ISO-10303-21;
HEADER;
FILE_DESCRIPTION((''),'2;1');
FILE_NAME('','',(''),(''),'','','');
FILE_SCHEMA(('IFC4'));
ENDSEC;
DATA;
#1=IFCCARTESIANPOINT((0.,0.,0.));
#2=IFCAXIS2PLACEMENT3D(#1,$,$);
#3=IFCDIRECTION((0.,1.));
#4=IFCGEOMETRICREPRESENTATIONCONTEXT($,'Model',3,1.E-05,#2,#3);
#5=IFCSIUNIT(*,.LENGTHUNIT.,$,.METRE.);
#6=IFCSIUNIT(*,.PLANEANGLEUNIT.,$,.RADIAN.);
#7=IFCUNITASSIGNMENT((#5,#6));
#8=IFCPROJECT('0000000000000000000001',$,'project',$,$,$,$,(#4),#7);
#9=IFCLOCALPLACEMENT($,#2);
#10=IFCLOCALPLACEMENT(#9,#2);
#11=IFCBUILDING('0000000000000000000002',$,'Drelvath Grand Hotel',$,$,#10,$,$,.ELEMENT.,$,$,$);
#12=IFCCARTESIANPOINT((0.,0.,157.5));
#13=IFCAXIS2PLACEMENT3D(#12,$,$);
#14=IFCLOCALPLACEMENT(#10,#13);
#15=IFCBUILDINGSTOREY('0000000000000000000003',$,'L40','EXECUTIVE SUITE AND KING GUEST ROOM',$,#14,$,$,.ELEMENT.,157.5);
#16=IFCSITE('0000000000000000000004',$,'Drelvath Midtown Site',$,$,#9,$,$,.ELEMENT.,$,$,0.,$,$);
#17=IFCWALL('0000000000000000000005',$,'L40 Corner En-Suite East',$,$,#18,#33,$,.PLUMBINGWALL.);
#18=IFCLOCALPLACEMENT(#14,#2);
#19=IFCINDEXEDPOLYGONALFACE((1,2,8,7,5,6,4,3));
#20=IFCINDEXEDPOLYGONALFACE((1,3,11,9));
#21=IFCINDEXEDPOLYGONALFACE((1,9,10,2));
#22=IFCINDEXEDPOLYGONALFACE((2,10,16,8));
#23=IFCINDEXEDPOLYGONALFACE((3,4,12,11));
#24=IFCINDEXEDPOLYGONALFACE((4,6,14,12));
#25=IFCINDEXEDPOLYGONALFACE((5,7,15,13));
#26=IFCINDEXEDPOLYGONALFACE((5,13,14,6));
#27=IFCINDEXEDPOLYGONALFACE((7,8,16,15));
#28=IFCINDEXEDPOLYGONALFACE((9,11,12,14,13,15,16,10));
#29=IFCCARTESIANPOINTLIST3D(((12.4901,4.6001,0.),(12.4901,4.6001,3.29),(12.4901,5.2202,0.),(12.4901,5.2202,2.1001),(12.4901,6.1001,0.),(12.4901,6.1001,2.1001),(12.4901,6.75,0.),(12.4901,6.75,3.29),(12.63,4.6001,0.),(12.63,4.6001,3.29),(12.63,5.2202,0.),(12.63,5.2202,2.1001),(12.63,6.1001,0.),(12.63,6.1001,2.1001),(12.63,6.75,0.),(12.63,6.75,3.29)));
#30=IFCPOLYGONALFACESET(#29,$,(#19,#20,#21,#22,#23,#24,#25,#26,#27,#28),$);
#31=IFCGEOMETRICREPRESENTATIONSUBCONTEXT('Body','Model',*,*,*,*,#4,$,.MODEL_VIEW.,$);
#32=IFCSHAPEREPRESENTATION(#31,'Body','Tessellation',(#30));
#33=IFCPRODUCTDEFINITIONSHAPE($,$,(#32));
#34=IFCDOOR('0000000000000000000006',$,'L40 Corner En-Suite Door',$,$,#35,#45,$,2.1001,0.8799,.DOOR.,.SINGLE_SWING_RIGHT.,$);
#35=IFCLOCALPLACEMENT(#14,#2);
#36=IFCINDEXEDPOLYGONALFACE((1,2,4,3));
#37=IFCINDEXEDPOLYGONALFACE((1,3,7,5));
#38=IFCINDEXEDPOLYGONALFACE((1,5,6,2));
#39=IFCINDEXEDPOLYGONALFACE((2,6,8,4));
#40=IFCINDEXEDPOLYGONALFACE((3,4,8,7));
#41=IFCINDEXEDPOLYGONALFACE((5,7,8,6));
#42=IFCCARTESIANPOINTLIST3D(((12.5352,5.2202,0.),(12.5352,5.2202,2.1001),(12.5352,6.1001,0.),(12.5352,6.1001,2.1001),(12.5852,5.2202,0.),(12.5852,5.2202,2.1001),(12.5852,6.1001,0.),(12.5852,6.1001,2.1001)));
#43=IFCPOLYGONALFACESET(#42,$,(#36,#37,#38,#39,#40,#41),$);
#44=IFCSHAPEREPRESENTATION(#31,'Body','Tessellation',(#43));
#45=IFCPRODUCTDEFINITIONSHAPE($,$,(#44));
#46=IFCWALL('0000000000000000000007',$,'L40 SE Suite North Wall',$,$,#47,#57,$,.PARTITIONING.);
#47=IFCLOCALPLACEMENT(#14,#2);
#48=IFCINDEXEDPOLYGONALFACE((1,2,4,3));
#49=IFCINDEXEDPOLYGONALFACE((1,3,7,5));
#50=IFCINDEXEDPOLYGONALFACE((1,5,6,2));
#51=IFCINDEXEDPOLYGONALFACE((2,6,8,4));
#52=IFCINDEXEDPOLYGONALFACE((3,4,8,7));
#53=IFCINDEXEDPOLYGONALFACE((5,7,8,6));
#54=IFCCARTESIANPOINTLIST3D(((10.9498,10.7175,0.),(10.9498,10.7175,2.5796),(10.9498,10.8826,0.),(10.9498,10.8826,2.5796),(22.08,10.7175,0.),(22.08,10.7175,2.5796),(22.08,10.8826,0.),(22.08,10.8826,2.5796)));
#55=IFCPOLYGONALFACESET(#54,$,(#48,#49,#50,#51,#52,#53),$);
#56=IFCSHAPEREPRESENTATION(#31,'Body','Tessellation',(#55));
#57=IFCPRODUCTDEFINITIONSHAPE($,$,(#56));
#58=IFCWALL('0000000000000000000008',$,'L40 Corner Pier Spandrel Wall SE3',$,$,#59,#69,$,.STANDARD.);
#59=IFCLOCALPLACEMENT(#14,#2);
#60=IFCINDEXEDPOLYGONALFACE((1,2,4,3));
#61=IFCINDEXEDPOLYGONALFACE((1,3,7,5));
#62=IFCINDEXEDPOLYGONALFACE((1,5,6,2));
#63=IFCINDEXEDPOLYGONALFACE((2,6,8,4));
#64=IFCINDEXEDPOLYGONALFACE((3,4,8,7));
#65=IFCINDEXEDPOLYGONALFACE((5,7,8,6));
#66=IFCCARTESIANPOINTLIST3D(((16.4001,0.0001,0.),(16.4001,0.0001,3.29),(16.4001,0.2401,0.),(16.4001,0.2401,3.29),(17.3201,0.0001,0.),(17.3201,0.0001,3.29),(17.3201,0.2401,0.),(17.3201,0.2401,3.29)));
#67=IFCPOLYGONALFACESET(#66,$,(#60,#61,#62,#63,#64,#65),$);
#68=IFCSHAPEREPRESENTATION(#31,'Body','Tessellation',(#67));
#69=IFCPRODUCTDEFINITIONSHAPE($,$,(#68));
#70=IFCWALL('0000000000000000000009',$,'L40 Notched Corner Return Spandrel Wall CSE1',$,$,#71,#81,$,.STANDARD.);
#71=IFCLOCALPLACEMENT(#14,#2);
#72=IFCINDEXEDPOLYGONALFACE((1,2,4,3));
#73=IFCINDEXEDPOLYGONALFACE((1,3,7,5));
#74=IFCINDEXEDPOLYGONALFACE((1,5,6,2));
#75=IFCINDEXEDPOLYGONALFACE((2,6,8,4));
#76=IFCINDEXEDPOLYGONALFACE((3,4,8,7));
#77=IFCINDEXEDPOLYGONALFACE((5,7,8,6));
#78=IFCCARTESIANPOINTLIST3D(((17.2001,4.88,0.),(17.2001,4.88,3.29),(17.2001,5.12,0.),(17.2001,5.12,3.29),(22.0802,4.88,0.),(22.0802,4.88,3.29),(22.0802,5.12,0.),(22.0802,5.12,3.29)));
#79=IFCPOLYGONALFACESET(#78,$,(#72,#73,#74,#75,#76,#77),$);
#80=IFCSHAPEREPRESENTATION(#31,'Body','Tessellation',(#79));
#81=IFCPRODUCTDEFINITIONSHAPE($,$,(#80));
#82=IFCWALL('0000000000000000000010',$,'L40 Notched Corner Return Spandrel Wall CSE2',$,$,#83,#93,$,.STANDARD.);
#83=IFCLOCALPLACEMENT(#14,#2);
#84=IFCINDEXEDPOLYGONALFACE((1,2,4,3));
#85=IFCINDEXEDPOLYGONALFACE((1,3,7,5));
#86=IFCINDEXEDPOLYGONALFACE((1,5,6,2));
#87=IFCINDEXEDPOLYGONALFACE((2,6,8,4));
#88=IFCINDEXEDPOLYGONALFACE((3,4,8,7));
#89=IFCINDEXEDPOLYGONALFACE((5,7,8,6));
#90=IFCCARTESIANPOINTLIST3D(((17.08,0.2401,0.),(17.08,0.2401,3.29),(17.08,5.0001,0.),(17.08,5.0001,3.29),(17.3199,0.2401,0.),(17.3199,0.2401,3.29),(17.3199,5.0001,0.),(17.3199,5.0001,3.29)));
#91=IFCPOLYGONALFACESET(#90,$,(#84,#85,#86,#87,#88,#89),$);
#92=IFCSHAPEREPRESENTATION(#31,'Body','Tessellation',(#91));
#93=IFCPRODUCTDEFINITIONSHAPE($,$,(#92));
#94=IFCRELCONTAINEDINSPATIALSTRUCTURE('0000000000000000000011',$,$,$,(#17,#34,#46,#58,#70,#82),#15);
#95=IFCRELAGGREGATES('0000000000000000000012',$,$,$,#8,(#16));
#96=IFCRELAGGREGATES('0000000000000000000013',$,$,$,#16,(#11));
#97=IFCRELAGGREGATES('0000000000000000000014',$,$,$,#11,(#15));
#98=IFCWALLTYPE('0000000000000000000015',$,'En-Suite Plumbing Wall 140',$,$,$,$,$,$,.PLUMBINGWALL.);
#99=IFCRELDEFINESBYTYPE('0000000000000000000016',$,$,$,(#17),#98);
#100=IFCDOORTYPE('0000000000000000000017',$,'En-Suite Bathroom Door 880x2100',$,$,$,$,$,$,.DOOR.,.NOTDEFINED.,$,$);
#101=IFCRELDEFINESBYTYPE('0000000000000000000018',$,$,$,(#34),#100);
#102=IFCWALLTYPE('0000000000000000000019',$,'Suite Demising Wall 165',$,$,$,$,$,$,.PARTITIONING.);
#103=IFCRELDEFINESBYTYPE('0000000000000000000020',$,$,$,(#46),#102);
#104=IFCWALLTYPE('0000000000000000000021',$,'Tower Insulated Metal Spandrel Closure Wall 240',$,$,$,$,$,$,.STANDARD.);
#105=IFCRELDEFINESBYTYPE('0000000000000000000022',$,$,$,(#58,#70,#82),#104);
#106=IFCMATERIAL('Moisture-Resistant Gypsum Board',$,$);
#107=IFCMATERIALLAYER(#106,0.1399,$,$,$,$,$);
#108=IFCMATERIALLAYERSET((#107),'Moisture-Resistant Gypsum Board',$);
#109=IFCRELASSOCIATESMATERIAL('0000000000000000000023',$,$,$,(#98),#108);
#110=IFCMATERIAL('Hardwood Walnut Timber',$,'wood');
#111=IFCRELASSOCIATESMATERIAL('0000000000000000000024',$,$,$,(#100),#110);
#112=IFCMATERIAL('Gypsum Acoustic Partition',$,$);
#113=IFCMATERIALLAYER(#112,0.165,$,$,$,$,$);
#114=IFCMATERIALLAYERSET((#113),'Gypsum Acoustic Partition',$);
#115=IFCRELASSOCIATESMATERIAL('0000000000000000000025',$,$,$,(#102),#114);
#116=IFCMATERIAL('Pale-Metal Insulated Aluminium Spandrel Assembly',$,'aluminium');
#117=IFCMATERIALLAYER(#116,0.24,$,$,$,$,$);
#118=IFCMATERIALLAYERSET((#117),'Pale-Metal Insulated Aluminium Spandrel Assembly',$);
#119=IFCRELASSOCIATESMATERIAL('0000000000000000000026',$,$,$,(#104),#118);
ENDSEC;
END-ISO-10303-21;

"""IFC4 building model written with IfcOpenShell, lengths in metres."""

from ifc_helpers import new_model, si_unit, direction, frame, frame_2d, origin, place, context, subcontext, project, spatial, rectangle, extrude, material, layer, layer_set, type_object, element, fill, save


model = new_model("IFC4")

# Units and contexts
model_context = context("Model", 3, precision=1e-05, world=origin(), true_north=direction((0.0, 1.0)))
body_context = subcontext(model_context, "Body", "Model", "MODEL_VIEW")
ifc_project = project(units=[si_unit("LENGTHUNIT", "METRE"), si_unit("PLANEANGLEUNIT", "RADIAN")], contexts=[model_context])

# Site, building, storey
site_placement = place(None, origin())
site = spatial("IfcSite", under=ifc_project, at=site_placement, Name="Drelvath Midtown Site", CompositionType="ELEMENT", RefElevation=0.0)
building_placement = place(site_placement, origin())
building = spatial("IfcBuilding", under=site, at=building_placement, Name="Drelvath Grand Hotel", CompositionType="ELEMENT")
storey_placement = place(building_placement, frame((0.0, 0.0, 157.5)))
storey = spatial("IfcBuildingStorey", under=building, at=storey_placement, Name="L40", Description="EXECUTIVE SUITE AND KING GUEST ROOM", CompositionType="ELEMENT", Elevation=157.5)

# Shared definitions
ifc_material_1 = material(Name="Hardwood Walnut Timber", Category="wood")

# Shared definitions
ifc_material_2 = material(Name="Moisture-Resistant Gypsum Board")
ifc_layer_1 = layer(ifc_material_2, 0.1399)
ifc_layer_set_1 = layer_set([ifc_layer_1], Name="Moisture-Resistant Gypsum Board")
wall_type_1 = type_object("IfcWallType", Name="En-Suite Plumbing Wall 140", PredefinedType="PLUMBINGWALL", material=ifc_layer_set_1)

# Wall, opening, door
wall_1_placement = place(storey_placement, frame((12.5601, 4.6001, 0.0), z_axis=(0.0, 0.0, 1.0), x_axis=(0.0, 1.0, 0.0)))
wall_1 = element("IfcWall", 1, at=wall_1_placement, inside=storey, type_object=wall_type_1, Name="L40 Corner En-Suite East", PredefinedType="PLUMBINGWALL", context=body_context, shape_type="SweptSolid", body=[
    extrude(rectangle(XDim=2.1499, YDim=0.1399, at=frame_2d((1.075, 0.0))), origin(), (0.0, 0.0, 1.0), 3.29),
])
opening_1_placement = place(wall_1_placement, frame((0.6201, 0.0, 0.0)))
opening_1 = element("IfcOpeningElement", 2, at=opening_1_placement, cuts=wall_1, PredefinedType="OPENING", context=body_context, shape_type="SweptSolid", body=[
    extrude(rectangle(XDim=0.8799, YDim=2.1001, at=frame_2d((0.4399, 1.05))), frame((0.0, 0.0798, 0.0), z_axis=(0.0, -1.0, 0.0), x_axis=(1.0, 0.0, 0.0)), (0.0, 0.0, 1.0), 0.1599),
])
door_type_1 = type_object("IfcDoorType", Name="En-Suite Bathroom Door 880x2100", OperationType="NOTDEFINED", PredefinedType="DOOR", material=ifc_material_1)
door_1_placement = place(opening_1_placement, origin())
door_1 = element("IfcDoor", 3, at=door_1_placement, inside=storey, type_object=door_type_1, Name="L40 Corner En-Suite Door", OperationType="SINGLE_SWING_RIGHT", OverallHeight=2.1001, OverallWidth=0.8799, PredefinedType="DOOR", context=body_context, shape_type="SweptSolid", body=[
    extrude(rectangle(XDim=0.8799, YDim=2.1001, at=frame_2d((0.4399, 1.05))), frame((0.0, 0.0249, 0.0), z_axis=(0.0, -1.0, 0.0), x_axis=(1.0, 0.0, 0.0)), (0.0, 0.0, 1.0), 0.05),
])
fill(opening_1, door_1)

# Walls
ifc_material_3 = material(Name="Gypsum Acoustic Partition")
ifc_layer_2 = layer(ifc_material_3, 0.165)
ifc_layer_set_2 = layer_set([ifc_layer_2], Name="Gypsum Acoustic Partition")
wall_type_2 = type_object("IfcWallType", Name="Suite Demising Wall 165", PredefinedType="PARTITIONING", material=ifc_layer_set_2)
wall_2_placement = place(storey_placement, frame((10.95, 10.8, 0.0), z_axis=(0.0, 0.0, 1.0), x_axis=(1.0, 0.0, 0.0)))
element("IfcWall", 4, at=wall_2_placement, inside=storey, type_object=wall_type_2, Name="L40 SE Suite North Wall", PredefinedType="PARTITIONING", context=body_context, shape_type="SweptSolid", body=[
    extrude(rectangle(XDim=11.1301, YDim=0.165, at=frame_2d((5.5649, 0.0))), origin(), (0.0, 0.0, 1.0), 2.5796),
])
ifc_material_4 = material(Name="Pale-Metal Insulated Aluminium Spandrel Assembly", Category="aluminium")
ifc_layer_3 = layer(ifc_material_4, 0.24)
ifc_layer_set_3 = layer_set([ifc_layer_3], Name="Pale-Metal Insulated Aluminium Spandrel Assembly")
wall_type_3 = type_object("IfcWallType", Name="Tower Insulated Metal Spandrel Closure Wall 240", PredefinedType="STANDARD", material=ifc_layer_set_3)
wall_3_placement = place(storey_placement, frame((17.3201, 0.1201, 0.0), z_axis=(0.0, 0.0, 1.0), x_axis=(-1.0, 0.0, 0.0)))
element("IfcWall", 5, at=wall_3_placement, inside=storey, type_object=wall_type_3, Name="L40 Corner Pier Spandrel Wall SE3", PredefinedType="STANDARD", context=body_context, shape_type="SweptSolid", body=[
    extrude(rectangle(XDim=0.9199, YDim=0.24, at=frame_2d((0.46, 0.0))), origin(), (0.0, 0.0, 1.0), 3.29),
])
wall_4_placement = place(storey_placement, frame((22.0801, 5.0, 0.0), z_axis=(0.0, 0.0, 1.0), x_axis=(-1.0, 0.0, 0.0)))
element("IfcWall", 6, at=wall_4_placement, inside=storey, type_object=wall_type_3, Name="L40 Notched Corner Return Spandrel Wall CSE1", PredefinedType="STANDARD", context=body_context, shape_type="SweptSolid", body=[
    extrude(rectangle(XDim=4.8801, YDim=0.24, at=frame_2d((2.4399, 0.0))), origin(), (0.0, 0.0, 1.0), 3.29),
])
wall_5_placement = place(storey_placement, frame((17.2, 5.0, 0.0), z_axis=(0.0, 0.0, 1.0), x_axis=(0.0, -1.0, 0.0)))
element("IfcWall", 7, at=wall_5_placement, inside=storey, type_object=wall_type_3, Name="L40 Notched Corner Return Spandrel Wall CSE2", PredefinedType="STANDARD", context=body_context, shape_type="SweptSolid", body=[
    extrude(rectangle(XDim=4.76, YDim=0.24, at=frame_2d((2.3799, 0.0))), origin(), (0.0, 0.0, 1.0), 3.29),
])

save(model, "model.ifc")
